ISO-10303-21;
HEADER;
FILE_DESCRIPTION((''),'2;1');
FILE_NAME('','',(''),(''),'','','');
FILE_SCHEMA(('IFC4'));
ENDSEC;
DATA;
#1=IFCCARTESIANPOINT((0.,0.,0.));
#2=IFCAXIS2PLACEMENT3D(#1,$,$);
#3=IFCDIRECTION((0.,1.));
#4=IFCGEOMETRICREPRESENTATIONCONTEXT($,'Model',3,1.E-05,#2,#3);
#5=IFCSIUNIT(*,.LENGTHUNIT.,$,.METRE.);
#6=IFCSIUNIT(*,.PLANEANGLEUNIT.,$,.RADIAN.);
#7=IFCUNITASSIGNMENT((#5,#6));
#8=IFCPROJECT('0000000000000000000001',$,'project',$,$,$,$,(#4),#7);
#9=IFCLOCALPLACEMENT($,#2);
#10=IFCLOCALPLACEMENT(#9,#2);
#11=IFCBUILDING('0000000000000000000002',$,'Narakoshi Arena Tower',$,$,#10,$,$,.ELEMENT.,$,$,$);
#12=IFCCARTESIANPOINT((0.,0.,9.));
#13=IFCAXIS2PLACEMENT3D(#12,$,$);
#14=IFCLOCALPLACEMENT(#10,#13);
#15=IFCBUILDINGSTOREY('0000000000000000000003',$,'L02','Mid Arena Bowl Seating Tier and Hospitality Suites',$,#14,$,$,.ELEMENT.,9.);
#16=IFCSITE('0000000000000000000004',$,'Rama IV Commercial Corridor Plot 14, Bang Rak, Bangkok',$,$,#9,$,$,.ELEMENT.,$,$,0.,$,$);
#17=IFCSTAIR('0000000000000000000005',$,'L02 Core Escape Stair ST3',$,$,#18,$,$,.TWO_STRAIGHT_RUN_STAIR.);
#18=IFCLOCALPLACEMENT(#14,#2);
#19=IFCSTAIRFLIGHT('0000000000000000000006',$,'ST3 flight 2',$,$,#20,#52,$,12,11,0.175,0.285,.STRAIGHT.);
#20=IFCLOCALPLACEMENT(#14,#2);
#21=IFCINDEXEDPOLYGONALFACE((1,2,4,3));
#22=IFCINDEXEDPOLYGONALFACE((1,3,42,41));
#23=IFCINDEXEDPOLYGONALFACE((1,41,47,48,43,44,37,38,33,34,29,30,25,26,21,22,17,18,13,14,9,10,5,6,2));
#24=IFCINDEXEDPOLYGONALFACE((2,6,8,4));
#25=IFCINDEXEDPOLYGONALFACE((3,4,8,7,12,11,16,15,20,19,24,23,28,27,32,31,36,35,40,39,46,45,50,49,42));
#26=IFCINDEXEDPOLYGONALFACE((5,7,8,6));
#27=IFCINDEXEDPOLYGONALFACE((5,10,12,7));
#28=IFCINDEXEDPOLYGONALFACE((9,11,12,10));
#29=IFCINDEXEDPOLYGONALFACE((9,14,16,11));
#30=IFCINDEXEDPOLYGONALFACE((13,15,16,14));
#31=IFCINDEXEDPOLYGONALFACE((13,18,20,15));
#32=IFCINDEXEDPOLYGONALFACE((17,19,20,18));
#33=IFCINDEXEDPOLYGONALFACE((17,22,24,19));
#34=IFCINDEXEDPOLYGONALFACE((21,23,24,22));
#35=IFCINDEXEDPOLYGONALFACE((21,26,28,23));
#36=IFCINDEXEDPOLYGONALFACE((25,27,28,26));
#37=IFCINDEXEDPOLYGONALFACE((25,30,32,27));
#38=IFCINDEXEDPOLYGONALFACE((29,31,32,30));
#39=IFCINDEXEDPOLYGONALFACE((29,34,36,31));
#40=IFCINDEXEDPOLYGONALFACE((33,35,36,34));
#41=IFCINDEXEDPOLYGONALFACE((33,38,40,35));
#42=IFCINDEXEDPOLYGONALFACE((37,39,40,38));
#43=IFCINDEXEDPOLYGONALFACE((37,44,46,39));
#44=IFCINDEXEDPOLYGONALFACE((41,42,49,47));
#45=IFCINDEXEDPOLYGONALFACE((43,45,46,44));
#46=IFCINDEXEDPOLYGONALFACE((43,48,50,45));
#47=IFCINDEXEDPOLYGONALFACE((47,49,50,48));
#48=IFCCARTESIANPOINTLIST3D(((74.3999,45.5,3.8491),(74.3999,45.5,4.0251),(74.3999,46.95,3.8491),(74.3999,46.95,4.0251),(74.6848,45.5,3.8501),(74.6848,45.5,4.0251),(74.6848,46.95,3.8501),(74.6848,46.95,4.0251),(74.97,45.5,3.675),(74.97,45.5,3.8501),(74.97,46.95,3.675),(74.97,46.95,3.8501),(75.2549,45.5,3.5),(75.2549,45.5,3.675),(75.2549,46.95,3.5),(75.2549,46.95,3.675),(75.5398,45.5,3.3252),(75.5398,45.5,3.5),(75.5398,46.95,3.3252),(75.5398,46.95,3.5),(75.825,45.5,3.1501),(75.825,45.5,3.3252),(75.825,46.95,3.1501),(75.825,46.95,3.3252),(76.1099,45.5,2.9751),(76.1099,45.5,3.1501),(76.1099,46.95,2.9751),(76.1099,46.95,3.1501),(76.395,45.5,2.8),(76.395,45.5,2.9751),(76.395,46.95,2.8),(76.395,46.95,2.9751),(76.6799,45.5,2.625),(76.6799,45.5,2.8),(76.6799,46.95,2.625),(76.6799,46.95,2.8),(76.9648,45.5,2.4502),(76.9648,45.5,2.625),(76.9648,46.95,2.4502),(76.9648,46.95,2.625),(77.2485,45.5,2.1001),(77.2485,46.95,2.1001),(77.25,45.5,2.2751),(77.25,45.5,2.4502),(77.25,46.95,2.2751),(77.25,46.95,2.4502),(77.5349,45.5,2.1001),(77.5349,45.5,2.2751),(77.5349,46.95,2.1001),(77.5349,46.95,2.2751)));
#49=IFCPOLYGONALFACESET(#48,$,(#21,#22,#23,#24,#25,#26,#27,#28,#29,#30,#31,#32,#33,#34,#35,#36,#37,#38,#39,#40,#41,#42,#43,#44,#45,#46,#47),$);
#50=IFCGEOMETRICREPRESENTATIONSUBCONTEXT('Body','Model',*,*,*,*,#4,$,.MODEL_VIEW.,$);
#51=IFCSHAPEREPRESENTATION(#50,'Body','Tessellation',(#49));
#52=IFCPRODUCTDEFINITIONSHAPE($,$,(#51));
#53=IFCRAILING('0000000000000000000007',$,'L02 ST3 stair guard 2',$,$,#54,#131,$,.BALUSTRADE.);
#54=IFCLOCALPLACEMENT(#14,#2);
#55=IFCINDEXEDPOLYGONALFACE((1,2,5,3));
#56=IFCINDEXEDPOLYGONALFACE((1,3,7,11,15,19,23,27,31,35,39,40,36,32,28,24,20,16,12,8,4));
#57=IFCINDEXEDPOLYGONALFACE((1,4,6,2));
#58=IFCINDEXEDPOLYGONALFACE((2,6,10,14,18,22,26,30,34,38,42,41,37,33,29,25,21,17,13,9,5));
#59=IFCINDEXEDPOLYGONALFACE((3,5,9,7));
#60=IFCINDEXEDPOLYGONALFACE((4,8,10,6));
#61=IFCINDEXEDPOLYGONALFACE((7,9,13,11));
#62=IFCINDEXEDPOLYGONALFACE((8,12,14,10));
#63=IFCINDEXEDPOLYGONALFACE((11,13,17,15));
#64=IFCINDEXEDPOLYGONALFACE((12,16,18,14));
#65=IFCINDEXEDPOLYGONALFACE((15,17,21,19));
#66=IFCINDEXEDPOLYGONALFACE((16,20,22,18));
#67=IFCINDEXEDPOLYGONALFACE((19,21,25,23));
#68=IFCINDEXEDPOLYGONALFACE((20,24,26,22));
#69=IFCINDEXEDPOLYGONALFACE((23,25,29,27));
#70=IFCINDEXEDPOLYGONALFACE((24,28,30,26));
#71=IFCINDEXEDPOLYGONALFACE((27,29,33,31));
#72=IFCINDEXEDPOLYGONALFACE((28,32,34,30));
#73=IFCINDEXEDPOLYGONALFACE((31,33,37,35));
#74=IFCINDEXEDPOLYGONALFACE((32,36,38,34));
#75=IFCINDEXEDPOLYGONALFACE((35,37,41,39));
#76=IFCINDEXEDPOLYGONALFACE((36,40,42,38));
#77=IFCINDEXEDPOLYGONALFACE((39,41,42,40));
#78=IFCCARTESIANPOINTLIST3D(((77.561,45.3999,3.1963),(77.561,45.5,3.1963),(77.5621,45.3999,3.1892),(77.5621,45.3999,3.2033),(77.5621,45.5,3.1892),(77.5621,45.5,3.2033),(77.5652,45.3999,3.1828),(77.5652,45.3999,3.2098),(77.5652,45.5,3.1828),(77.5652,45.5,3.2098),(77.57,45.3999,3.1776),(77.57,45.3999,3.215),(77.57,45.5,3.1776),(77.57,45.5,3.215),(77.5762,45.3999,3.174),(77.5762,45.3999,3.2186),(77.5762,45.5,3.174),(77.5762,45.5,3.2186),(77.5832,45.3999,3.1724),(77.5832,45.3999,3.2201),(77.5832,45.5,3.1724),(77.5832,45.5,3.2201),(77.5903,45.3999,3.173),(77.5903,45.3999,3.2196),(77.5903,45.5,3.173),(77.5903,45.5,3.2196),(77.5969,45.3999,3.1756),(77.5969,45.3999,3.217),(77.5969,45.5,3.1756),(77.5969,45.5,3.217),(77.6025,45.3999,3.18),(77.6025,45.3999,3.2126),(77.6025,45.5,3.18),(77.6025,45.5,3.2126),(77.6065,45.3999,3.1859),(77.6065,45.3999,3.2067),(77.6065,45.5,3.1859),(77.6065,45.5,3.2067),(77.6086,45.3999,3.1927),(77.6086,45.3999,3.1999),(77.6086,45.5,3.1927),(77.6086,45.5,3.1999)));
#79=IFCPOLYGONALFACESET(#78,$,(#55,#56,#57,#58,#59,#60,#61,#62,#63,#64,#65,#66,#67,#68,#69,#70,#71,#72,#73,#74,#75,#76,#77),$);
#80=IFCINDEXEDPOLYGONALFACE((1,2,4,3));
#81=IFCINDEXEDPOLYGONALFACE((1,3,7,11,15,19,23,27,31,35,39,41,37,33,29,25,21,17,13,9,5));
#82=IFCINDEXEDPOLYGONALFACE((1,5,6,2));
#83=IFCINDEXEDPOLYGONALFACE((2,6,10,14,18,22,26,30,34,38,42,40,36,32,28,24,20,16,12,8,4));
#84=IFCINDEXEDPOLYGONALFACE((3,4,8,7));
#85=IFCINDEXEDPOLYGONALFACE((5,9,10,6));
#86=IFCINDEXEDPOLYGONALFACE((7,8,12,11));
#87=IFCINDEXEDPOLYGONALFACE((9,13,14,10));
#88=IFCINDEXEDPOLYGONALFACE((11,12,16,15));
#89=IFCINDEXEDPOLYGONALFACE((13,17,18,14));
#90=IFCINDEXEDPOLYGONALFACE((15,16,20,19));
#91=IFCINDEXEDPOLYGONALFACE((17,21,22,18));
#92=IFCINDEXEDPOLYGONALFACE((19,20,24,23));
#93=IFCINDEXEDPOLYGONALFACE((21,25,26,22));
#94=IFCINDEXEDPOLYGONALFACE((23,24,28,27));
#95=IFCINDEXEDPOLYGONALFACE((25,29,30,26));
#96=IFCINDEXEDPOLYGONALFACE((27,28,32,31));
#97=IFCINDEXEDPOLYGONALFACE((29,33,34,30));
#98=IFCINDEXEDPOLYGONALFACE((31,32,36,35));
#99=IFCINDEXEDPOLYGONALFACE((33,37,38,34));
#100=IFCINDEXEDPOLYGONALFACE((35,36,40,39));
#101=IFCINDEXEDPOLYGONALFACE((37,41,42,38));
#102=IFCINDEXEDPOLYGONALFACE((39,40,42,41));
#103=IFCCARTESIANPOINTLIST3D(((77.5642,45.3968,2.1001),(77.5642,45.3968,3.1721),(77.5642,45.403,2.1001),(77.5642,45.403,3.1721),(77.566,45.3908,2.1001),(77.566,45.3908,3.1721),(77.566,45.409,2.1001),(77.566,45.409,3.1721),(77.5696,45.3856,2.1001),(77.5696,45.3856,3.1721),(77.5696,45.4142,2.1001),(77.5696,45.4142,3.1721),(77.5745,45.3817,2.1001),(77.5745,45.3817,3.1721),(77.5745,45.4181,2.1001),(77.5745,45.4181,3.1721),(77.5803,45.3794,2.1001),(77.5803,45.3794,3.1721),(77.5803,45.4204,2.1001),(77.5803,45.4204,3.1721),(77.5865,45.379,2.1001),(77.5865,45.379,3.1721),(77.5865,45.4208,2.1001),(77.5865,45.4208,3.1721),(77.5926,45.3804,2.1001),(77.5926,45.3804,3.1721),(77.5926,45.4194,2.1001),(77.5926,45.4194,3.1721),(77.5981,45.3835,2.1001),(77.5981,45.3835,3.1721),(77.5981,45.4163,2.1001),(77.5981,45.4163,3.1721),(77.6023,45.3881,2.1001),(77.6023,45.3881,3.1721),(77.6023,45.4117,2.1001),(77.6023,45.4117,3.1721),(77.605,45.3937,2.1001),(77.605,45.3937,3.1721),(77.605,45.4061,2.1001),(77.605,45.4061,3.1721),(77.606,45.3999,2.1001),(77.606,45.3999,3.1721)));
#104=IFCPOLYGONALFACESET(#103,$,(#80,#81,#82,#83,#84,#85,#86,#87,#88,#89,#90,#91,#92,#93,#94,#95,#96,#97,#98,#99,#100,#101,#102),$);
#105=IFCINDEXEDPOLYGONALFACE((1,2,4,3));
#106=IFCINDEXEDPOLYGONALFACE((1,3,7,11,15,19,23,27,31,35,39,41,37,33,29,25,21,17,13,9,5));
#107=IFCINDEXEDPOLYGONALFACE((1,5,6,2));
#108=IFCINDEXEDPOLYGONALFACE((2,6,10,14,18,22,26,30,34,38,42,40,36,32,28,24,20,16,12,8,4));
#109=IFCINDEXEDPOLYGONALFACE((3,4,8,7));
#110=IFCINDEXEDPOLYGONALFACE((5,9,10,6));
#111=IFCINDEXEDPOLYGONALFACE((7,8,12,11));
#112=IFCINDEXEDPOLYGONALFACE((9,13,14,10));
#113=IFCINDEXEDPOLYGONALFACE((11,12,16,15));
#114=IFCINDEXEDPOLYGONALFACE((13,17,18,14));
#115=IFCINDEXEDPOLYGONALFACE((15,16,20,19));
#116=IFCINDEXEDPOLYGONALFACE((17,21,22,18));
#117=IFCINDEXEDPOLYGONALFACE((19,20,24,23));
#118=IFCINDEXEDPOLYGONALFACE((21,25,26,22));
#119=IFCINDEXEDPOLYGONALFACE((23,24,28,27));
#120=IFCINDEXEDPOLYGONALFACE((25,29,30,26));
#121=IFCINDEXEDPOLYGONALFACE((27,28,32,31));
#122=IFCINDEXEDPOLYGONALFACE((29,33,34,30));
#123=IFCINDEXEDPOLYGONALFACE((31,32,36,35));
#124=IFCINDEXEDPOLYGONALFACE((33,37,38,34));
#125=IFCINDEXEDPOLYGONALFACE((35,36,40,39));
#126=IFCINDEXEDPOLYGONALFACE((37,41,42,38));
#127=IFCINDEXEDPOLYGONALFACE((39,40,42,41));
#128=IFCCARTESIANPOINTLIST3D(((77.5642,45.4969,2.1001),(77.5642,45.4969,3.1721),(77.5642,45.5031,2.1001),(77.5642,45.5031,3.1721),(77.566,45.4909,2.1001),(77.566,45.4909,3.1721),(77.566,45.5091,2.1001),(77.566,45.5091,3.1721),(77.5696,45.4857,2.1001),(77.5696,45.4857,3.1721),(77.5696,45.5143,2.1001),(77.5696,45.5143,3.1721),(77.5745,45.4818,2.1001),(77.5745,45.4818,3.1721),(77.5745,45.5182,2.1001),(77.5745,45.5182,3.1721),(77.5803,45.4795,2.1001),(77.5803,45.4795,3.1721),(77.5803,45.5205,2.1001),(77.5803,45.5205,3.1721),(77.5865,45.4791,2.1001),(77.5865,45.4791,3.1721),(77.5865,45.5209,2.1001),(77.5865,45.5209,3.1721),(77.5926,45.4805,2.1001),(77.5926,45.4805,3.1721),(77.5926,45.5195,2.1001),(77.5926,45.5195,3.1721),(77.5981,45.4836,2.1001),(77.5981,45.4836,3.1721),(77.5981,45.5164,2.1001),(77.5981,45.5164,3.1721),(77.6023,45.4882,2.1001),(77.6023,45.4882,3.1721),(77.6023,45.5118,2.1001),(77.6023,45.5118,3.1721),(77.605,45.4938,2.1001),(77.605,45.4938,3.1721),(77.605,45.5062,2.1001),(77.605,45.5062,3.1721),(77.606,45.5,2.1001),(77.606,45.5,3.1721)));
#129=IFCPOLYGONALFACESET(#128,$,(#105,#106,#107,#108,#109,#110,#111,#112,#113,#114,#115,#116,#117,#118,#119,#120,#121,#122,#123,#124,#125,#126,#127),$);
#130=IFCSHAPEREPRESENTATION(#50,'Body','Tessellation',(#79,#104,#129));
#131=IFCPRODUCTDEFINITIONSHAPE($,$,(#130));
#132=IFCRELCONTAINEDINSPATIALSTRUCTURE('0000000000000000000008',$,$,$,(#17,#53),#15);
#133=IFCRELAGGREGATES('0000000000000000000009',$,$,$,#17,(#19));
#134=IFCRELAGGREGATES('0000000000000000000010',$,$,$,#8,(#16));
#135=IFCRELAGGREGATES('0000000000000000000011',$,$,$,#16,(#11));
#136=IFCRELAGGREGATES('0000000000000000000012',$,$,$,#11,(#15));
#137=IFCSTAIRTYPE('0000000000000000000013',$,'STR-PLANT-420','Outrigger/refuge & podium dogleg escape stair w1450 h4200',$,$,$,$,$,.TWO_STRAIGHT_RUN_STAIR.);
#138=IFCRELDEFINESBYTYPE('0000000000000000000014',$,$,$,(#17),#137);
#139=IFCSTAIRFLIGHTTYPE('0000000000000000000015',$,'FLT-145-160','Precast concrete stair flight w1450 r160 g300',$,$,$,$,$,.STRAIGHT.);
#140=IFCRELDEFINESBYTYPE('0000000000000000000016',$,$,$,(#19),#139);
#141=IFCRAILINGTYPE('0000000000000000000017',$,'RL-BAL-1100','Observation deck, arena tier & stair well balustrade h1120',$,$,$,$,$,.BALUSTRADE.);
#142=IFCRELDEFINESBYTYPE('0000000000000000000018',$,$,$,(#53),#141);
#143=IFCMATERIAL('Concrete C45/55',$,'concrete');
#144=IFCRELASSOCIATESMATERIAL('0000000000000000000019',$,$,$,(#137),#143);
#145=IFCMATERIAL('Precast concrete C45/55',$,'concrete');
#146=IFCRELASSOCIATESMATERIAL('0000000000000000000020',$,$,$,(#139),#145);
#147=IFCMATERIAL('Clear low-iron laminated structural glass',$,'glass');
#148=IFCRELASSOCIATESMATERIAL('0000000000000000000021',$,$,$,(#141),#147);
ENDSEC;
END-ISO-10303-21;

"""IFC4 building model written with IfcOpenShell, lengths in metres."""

from ifc_helpers import new_model, si_unit, direction, frame, origin, origin_2d, place, context, subcontext, project, spatial, polyline, circle, outline, extrude, material, type_object, element, aggregate, save


model = new_model("IFC4")

# Units and contexts
model_context = context("Model", 3, precision=1e-05, world=origin(), true_north=direction((0.0, 1.0)))
body_context = subcontext(model_context, "Body", "Model", "MODEL_VIEW")
ifc_project = project(units=[si_unit("LENGTHUNIT", "METRE"), si_unit("PLANEANGLEUNIT", "RADIAN")], contexts=[model_context])

# Site, building, storey
site_placement = place(None, origin())
site = spatial("IfcSite", under=ifc_project, at=site_placement, Name="Rama IV Commercial Corridor Plot 14, Bang Rak, Bangkok", CompositionType="ELEMENT", RefElevation=0.0)
building_placement = place(site_placement, origin())
building = spatial("IfcBuilding", under=site, at=building_placement, Name="Narakoshi Arena Tower", CompositionType="ELEMENT")
storey_placement = place(building_placement, frame((0.0, 0.0, 9.0)))
storey = spatial("IfcBuildingStorey", under=building, at=storey_placement, Name="L02", Description="Mid Arena Bowl Seating Tier and Hospitality Suites", CompositionType="ELEMENT", Elevation=9.0)

# Stair, stair flight
ifc_material_1 = material(Name="Concrete C45/55", Category="concrete")
stair_type = type_object("IfcStairType", Name="STR-PLANT-420", Description="Outrigger/refuge & podium dogleg escape stair w1450 h4200", PredefinedType="TWO_STRAIGHT_RUN_STAIR", material=ifc_material_1)
stair_placement = place(storey_placement, origin())
stair = element("IfcStair", 1, at=stair_placement, inside=storey, type_object=stair_type, Name="L02 Core Escape Stair ST3", PredefinedType="TWO_STRAIGHT_RUN_STAIR")
ifc_material_2 = material(Name="Precast concrete C45/55", Category="concrete")
stair_flight_type = type_object("IfcStairFlightType", Name="FLT-145-160", Description="Precast concrete stair flight w1450 r160 g300", PredefinedType="STRAIGHT", material=ifc_material_2)
stair_flight_placement = place(storey_placement, frame((77.5349, 46.2251, 2.1001), z_axis=(0.0, 0.0, 1.0), x_axis=(-1.0, 0.0, 0.0)))
stair_flight = element("IfcStairFlight", 2, at=stair_flight_placement, type_object=stair_flight_type, Name="ST3 flight 2", NumberOfRisers=12, NumberOfTreads=11, PredefinedType="STRAIGHT", RiserHeight=0.175, TreadLength=0.285, context=body_context, shape_type="SweptSolid", body=[
    extrude(outline(polyline([(0.0, 0.0), (0.0, 0.175), (0.2849, 0.175), (0.2849, 0.3501), (0.5701, 0.3501), (0.5701, 0.5249), (0.855, 0.5249), (0.855, 0.7), (1.1399, 0.7), (1.1399, 0.875), (1.425, 0.875), (1.425, 1.05), (1.71, 1.05), (1.71, 1.2251), (1.9951, 1.2251), (1.9951, 1.3999), (2.28, 1.3999), (2.28, 1.575), (2.5649, 1.575), (2.5649, 1.75), (2.8501, 1.75), (2.8501, 1.925), (3.135, 1.925), (3.135, 2.1001), (3.135, 1.749), (0.2864, 0.0), (0.0, 0.0)])), frame((0.0, 0.7251, 0.0), z_axis=(0.0, -1.0, 0.0), x_axis=(1.0, 0.0, 0.0)), (0.0, 0.0, 1.0), 1.45),
])
aggregate(stair, [stair_flight])

# Railing
ifc_material_3 = material(Name="Clear low-iron laminated structural glass", Category="glass")
railing_type_1 = type_object("IfcRailingType", Name="RL-BAL-1100", Description="Observation deck, arena tier & stair well balustrade h1120", PredefinedType="BALUSTRADE", material=ifc_material_3)
railing_1_placement = place(storey_placement, frame((77.585, 45.3999, 2.1001)))
element("IfcRailing", 3, at=railing_1_placement, inside=storey, type_object=railing_type_1, Name="L02 ST3 stair guard 2", PredefinedType="BALUSTRADE", context=body_context, shape_type="SweptSolid", body=[
    extrude(circle(Radius=0.0239, at=origin_2d()), frame((0.0, 0.0, 1.0962), z_axis=(0.0, 1.0, 0.0), x_axis=(-1.0, 0.0, 0.0)), (0.0, 0.0, 1.0), 0.1001),
    extrude(circle(Radius=0.021, at=origin_2d()), origin(), (0.0, 0.0, 1.0), 1.072),
    extrude(circle(Radius=0.021, at=origin_2d()), frame((0.0, 0.1001, 0.0)), (0.0, 0.0, 1.0), 1.072),
])

save(model, "model.ifc")
